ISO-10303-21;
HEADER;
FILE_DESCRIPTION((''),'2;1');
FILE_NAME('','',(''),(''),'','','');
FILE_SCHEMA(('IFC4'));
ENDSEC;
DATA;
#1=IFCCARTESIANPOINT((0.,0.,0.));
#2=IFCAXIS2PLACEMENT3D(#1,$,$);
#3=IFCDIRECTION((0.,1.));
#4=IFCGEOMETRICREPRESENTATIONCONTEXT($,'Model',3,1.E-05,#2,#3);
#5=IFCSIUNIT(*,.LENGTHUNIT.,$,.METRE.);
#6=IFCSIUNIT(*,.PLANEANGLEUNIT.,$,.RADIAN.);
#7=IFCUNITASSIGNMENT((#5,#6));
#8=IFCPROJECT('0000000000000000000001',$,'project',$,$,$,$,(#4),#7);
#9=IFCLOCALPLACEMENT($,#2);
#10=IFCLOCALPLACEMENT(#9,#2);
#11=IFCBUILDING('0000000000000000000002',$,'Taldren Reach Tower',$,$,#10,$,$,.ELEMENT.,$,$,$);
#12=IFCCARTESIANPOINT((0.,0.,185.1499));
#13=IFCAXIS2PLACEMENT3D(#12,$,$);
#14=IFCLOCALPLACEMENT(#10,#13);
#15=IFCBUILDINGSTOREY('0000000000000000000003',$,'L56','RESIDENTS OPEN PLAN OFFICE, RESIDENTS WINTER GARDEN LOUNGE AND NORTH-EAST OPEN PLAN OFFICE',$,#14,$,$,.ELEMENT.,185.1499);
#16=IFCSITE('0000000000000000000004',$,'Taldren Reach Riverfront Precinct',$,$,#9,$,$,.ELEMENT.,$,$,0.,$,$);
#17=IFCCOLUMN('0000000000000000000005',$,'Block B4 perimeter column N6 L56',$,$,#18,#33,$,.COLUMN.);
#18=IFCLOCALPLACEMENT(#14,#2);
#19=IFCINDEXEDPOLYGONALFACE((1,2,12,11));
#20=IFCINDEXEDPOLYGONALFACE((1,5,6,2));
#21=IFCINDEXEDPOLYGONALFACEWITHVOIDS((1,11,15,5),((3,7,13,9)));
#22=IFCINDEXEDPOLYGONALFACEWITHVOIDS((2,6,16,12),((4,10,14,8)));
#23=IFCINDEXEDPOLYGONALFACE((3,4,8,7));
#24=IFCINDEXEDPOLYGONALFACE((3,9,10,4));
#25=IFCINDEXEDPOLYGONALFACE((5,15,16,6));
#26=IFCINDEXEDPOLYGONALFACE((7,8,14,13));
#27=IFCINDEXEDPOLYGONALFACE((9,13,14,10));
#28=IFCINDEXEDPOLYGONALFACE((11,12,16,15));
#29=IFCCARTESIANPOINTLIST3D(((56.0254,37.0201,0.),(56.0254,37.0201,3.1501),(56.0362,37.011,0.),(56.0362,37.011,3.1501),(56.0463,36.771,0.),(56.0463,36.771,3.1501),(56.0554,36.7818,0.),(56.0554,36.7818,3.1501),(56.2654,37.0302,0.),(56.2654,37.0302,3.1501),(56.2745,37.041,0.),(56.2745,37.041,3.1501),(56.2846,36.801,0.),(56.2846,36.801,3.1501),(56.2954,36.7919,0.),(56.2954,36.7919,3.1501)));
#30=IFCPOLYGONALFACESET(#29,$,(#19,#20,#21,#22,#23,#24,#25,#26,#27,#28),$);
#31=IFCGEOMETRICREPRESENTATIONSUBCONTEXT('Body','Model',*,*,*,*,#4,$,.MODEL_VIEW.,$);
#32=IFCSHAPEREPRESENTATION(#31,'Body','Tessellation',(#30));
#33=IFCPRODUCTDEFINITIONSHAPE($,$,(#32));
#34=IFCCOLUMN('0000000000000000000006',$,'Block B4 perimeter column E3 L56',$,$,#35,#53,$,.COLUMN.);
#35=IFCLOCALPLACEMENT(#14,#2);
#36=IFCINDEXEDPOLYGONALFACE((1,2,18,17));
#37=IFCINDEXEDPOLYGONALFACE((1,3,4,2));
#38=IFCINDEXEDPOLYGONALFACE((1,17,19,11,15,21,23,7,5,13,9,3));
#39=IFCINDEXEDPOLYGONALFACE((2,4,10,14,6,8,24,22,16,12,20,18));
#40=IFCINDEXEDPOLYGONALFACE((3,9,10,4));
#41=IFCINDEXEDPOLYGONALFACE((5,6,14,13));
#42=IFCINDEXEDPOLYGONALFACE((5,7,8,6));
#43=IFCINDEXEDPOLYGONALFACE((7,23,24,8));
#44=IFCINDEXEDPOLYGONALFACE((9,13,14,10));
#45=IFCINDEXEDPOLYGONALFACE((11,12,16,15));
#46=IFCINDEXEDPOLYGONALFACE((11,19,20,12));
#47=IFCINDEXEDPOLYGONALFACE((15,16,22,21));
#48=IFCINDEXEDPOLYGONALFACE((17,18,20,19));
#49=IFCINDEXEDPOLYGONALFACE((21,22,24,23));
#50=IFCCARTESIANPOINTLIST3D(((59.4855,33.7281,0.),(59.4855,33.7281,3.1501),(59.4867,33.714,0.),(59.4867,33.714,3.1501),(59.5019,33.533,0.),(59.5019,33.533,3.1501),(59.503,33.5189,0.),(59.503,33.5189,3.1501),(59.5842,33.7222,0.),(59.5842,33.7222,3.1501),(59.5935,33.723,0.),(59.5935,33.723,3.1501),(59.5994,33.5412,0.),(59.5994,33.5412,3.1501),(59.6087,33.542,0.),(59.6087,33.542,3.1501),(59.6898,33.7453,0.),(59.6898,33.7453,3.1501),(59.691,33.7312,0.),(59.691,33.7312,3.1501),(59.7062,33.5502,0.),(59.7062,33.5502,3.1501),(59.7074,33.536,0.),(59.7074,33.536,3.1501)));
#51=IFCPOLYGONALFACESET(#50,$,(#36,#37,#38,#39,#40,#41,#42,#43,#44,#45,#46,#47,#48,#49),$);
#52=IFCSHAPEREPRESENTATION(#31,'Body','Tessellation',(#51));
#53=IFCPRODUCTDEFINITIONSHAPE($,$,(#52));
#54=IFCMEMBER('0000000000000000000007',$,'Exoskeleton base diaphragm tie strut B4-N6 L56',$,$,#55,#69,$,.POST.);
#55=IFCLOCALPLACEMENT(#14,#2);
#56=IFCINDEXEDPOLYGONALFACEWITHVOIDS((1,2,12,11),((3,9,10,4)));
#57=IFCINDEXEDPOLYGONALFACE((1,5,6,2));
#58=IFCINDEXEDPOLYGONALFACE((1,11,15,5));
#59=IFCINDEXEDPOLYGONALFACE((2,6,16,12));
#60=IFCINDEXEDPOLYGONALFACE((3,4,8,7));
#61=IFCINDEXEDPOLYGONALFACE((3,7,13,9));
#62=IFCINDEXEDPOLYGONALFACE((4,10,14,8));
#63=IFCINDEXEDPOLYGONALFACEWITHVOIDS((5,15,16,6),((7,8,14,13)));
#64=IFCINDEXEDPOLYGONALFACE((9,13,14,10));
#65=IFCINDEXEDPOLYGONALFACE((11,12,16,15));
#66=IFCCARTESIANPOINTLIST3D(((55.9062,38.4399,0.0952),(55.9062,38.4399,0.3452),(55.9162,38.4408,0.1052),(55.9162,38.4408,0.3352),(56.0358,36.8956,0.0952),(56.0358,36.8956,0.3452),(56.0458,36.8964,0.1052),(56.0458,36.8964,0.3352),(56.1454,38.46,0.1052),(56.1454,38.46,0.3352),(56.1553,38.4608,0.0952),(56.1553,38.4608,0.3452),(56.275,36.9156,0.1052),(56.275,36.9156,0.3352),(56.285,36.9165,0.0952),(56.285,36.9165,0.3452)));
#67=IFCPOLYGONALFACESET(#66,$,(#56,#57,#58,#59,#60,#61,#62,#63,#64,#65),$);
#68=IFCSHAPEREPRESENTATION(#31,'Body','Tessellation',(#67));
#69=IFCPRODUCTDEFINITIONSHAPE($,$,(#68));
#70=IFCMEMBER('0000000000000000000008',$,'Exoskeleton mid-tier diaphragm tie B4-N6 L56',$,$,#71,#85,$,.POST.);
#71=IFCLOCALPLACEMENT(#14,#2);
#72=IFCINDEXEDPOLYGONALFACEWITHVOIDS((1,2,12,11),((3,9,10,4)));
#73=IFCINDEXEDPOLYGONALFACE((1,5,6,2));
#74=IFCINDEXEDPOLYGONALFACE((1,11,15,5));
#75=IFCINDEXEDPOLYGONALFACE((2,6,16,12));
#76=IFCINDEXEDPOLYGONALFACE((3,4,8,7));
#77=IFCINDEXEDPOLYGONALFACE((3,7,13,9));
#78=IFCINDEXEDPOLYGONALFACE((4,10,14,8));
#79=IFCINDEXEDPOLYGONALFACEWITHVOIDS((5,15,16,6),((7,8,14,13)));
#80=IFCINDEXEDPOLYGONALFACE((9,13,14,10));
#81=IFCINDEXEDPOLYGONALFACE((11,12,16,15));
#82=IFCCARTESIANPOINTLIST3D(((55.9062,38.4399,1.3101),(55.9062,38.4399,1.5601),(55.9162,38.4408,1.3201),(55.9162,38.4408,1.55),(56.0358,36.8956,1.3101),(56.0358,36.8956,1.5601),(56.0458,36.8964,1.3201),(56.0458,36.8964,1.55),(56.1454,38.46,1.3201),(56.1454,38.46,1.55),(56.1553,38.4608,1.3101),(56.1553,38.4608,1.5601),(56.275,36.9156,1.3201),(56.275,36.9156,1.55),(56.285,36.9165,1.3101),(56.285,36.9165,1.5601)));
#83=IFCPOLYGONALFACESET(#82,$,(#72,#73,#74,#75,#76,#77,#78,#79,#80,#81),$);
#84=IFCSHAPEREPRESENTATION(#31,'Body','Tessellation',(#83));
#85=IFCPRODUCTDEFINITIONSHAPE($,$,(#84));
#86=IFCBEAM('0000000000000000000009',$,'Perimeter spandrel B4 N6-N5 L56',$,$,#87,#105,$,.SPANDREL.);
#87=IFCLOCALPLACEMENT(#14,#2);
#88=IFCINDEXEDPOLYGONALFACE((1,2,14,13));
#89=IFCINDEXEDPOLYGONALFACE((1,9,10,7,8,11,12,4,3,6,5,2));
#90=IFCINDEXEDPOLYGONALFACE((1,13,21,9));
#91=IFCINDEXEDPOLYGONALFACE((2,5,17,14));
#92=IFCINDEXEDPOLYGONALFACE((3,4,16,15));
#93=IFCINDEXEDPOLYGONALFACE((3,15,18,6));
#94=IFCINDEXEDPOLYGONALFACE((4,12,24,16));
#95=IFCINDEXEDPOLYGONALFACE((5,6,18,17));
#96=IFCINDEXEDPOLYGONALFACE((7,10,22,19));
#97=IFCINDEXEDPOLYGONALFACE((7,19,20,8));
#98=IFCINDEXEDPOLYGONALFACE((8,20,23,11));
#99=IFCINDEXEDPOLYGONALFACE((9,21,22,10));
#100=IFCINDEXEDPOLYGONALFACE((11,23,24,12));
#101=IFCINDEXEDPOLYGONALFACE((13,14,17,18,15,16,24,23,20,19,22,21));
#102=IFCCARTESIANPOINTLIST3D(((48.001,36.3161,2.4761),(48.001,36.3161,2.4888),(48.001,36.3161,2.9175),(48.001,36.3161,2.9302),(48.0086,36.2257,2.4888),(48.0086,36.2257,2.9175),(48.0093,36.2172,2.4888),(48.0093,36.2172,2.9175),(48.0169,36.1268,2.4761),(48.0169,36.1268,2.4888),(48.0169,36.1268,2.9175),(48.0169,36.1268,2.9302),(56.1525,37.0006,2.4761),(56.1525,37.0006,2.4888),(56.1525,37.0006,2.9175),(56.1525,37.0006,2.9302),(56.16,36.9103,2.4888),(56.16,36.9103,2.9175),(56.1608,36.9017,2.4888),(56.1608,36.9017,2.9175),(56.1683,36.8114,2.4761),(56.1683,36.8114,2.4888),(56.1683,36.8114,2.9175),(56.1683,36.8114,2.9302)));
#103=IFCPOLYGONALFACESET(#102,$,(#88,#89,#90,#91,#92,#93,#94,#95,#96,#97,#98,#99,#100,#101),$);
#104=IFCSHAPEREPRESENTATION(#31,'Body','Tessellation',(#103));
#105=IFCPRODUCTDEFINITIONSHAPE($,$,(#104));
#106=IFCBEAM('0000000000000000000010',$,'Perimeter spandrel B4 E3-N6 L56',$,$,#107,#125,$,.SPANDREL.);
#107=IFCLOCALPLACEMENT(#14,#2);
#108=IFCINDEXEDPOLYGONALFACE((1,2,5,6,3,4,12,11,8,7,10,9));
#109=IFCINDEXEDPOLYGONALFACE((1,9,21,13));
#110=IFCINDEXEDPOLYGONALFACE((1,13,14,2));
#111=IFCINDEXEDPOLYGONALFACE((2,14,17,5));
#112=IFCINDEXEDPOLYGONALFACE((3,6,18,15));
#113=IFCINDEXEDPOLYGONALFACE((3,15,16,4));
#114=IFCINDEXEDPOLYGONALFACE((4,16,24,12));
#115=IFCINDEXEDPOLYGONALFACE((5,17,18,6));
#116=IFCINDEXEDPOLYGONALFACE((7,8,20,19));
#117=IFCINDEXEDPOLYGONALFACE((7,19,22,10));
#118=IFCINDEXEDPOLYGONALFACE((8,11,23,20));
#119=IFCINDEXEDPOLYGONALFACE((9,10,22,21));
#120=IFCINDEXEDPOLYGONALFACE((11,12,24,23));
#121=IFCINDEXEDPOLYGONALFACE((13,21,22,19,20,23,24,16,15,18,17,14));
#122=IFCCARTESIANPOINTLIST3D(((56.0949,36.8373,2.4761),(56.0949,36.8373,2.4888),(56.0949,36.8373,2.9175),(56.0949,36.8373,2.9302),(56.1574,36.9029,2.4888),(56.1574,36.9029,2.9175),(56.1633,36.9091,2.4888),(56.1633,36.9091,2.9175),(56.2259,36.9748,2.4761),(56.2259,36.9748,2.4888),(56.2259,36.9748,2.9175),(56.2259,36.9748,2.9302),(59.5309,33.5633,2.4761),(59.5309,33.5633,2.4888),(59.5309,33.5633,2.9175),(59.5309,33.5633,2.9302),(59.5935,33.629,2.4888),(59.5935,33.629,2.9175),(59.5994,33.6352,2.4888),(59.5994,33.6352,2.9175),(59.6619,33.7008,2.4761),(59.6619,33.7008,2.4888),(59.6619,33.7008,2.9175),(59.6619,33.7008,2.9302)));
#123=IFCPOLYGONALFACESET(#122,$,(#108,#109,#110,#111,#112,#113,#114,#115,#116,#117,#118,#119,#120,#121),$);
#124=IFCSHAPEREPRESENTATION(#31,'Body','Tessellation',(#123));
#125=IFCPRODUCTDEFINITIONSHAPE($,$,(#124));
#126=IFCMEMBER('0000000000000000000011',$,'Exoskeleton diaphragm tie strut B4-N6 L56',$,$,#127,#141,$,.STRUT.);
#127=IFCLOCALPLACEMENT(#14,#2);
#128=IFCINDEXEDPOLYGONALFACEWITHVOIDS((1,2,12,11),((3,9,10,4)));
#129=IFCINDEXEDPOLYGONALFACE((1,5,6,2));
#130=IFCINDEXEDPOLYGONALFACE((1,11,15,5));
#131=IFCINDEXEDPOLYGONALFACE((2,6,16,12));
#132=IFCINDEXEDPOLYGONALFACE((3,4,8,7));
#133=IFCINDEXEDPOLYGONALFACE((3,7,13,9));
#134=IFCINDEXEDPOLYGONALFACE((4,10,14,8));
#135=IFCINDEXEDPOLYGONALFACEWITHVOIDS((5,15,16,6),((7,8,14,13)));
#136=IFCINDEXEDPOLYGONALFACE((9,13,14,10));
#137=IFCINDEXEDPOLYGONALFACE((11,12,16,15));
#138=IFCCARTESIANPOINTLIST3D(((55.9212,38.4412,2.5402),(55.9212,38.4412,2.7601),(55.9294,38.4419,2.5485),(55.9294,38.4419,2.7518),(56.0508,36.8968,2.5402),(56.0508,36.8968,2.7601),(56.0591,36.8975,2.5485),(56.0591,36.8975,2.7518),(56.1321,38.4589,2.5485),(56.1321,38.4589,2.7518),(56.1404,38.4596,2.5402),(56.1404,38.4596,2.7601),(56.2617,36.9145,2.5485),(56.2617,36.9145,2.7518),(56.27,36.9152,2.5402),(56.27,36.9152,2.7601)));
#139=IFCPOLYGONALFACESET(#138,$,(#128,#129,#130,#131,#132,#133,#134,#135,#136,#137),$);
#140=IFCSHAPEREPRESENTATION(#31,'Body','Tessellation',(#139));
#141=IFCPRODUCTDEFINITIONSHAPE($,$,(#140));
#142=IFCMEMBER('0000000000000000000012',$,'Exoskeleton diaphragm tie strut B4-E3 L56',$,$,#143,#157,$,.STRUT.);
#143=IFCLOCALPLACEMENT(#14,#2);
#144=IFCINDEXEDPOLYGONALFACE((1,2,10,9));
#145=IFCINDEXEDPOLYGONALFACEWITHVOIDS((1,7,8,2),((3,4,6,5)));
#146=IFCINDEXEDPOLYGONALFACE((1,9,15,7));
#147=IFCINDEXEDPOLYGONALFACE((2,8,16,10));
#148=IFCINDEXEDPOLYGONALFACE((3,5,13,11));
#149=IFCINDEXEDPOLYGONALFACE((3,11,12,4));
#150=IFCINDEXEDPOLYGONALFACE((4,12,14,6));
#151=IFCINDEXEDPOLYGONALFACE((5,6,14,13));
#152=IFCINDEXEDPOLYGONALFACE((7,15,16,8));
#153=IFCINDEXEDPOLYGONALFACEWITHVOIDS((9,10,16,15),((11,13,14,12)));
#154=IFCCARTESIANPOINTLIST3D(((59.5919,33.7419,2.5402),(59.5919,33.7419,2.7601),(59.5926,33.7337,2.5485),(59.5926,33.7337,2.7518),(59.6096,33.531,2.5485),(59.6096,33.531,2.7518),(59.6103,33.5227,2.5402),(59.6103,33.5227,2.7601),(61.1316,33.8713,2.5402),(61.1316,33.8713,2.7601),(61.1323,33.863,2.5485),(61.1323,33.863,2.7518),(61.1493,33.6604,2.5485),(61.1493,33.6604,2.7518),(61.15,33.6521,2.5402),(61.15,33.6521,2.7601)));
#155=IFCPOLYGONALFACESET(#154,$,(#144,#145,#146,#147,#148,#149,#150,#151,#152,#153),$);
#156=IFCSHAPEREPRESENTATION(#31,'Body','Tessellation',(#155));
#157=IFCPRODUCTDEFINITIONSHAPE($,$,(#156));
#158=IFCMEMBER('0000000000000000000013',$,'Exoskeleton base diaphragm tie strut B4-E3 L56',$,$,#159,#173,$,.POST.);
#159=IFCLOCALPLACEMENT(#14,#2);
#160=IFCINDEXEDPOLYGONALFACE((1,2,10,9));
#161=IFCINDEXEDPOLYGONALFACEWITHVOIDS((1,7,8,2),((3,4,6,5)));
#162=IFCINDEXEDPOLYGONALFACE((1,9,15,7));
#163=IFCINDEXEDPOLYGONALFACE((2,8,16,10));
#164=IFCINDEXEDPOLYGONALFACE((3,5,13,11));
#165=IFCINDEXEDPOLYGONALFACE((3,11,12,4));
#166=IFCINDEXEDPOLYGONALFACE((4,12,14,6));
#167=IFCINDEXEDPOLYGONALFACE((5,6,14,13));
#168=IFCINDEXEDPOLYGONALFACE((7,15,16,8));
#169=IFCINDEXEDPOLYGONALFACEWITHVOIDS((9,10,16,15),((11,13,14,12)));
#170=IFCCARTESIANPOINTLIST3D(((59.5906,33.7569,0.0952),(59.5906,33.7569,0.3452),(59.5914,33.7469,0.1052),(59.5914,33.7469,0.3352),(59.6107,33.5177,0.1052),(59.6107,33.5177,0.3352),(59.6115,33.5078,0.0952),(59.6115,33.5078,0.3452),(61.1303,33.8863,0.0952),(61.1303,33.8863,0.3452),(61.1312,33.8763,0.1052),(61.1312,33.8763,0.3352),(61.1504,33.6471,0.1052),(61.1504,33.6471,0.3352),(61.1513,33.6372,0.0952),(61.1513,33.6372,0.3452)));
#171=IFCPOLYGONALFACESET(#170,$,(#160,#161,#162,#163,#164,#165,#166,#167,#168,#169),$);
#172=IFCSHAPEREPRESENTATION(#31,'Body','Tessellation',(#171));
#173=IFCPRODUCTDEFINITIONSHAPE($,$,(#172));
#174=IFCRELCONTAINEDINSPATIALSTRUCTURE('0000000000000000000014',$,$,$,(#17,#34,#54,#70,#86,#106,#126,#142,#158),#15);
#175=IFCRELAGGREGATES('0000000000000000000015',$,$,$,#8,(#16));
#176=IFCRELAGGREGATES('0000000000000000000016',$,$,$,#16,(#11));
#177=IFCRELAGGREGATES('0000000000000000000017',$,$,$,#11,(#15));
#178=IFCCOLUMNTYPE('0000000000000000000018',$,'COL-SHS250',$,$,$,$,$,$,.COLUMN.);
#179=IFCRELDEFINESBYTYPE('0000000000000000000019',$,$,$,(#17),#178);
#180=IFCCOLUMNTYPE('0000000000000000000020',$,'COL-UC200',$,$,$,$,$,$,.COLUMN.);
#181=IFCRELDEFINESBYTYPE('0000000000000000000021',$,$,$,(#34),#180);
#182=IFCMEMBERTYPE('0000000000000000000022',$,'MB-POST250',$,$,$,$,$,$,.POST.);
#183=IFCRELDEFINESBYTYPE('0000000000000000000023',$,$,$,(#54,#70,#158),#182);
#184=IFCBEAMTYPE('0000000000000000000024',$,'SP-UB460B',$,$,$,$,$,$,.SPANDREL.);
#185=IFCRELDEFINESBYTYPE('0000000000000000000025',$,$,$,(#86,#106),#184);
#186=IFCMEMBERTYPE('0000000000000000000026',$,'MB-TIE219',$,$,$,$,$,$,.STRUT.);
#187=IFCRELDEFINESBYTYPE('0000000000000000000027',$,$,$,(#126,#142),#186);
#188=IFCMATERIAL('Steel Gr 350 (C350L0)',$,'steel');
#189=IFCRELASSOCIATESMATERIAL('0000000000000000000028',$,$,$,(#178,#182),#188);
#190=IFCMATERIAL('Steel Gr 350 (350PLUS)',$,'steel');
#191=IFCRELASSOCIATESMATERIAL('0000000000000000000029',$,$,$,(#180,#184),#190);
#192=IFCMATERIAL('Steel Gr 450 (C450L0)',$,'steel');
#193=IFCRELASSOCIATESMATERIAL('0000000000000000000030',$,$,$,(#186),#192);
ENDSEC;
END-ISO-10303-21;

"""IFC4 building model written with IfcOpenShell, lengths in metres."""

from ifc_helpers import new_model, si_unit, direction, frame, origin, origin_2d, place, context, subcontext, project, spatial, hollow_rectangle, i_section, extrude, source, transform, mapped, material, material_profile, profile_set, type_object, element, save


model = new_model("IFC4")

# Units and contexts
model_context = context("Model", 3, precision=1e-05, world=origin(), true_north=direction((0.0, 1.0)))
body_context = subcontext(model_context, "Body", "Model", "MODEL_VIEW")
ifc_project = project(units=[si_unit("LENGTHUNIT", "METRE"), si_unit("PLANEANGLEUNIT", "RADIAN")], contexts=[model_context])

# Site, building, storey
site_placement = place(None, origin())
site = spatial("IfcSite", under=ifc_project, at=site_placement, Name="Taldren Reach Riverfront Precinct", CompositionType="ELEMENT", RefElevation=0.0)
building_placement = place(site_placement, origin())
building = spatial("IfcBuilding", under=site, at=building_placement, Name="Taldren Reach Tower", CompositionType="ELEMENT")
storey_placement = place(building_placement, frame((0.0, 0.0, 185.1499)))
storey = spatial("IfcBuildingStorey", under=building, at=storey_placement, Name="L56", Description="RESIDENTS OPEN PLAN OFFICE, RESIDENTS WINTER GARDEN LOUNGE AND NORTH-EAST OPEN PLAN OFFICE", CompositionType="ELEMENT", Elevation=185.1499)

# Columns
ifc_material_1 = material(Name="Steel Gr 350 (C350L0)", Category="steel")
ifc_material_profile_1 = material_profile(ifc_material_1, hollow_rectangle(XDim=0.25, YDim=0.25, WallThickness=0.01, at=origin_2d()), Name="250x250x10.0SHS")
ifc_profile_set_1 = profile_set([ifc_material_profile_1], Name="Steel Gr 350 (C350L0)")
column_type_1 = type_object("IfcColumnType", Name="COL-SHS250", PredefinedType="COLUMN", material=ifc_profile_set_1)
shared_shape_1 = source(origin(), body_context, "Body", "SweptSolid", [
    extrude(hollow_rectangle(XDim=0.25, YDim=0.25, WallThickness=0.01, at=origin_2d()), origin(), (0.0, 0.0, 1.0), 3.1501),
])
column_1_placement = place(storey_placement, frame((56.1604, 36.906, 0.0), z_axis=(0.0, 0.0, 1.0), x_axis=(0.996493, 0.083678, 0.0)))
element("IfcColumn", 1, at=column_1_placement, inside=storey, type_object=column_type_1, Name="Block B4 perimeter column N6 L56", PredefinedType="COLUMN", context=body_context, shape_type="MappedRepresentation", body=[
    mapped(shared_shape_1, transform((0.0, 0.0, 0.0), scale=1.0)),
])
ifc_material_2 = material(Name="Steel Gr 350 (350PLUS)", Category="steel")
ifc_material_profile_2 = material_profile(ifc_material_2, i_section(OverallWidth=0.2051, OverallDepth=0.21, WebThickness=0.0093, FlangeThickness=0.0142, at=origin_2d()), Name="200UC59.5")
ifc_profile_set_2 = profile_set([ifc_material_profile_2], Name="Steel Gr 350 (350PLUS)")
column_type_2 = type_object("IfcColumnType", Name="COL-UC200", PredefinedType="COLUMN", material=ifc_profile_set_2)
shared_shape_2 = source(origin(), body_context, "Body", "SweptSolid", [
    extrude(i_section(OverallWidth=0.2051, OverallDepth=0.21, WebThickness=0.0093, FlangeThickness=0.0142, at=origin_2d()), origin(), (0.0, 0.0, 1.0), 3.1501),
])
column_2_placement = place(storey_placement, frame((59.5964, 33.6321, 0.0), z_axis=(0.0, 0.0, 1.0), x_axis=(0.996493, 0.083678, 0.0)))
element("IfcColumn", 2, at=column_2_placement, inside=storey, type_object=column_type_2, Name="Block B4 perimeter column E3 L56", PredefinedType="COLUMN", context=body_context, shape_type="MappedRepresentation", body=[
    mapped(shared_shape_2, transform((0.0, 0.0, 0.0), scale=1.0)),
])

# Members
ifc_material_profile_3 = material_profile(ifc_material_1, hollow_rectangle(XDim=0.25, YDim=0.25, WallThickness=0.01, at=origin_2d()), Name="250x250x10.0SHS")
ifc_profile_set_3 = profile_set([ifc_material_profile_3], Name="Steel Gr 350 (C350L0)")
member_type_1 = type_object("IfcMemberType", Name="MB-POST250", PredefinedType="POST", material=ifc_profile_set_3)
shared_shape_3 = source(origin(), body_context, "Body", "SweptSolid", [
    extrude(hollow_rectangle(XDim=0.25, YDim=0.25, WallThickness=0.01, at=origin_2d()), origin(), (0.0, 0.0, 1.0), 1.5498),
])
for number, where, z_axis, x_axis, name in (
    (3, (56.1604, 36.906, 0.2202), (-0.083645, 0.996496, 0.0), (-0.996496, -0.083645, 0.0), "Exoskeleton base diaphragm tie strut B4-N6 L56"),
    (4, (56.1604, 36.906, 1.4351), (-0.083645, 0.996496, 0.0), (-0.996496, -0.083645, 0.0), "Exoskeleton mid-tier diaphragm tie B4-N6 L56"),
):
    element("IfcMember", number, at=place(storey_placement, frame(where, z_axis=z_axis, x_axis=x_axis)), inside=storey, type_object=member_type_1, Name=name, PredefinedType="POST", context=body_context, shape_type="MappedRepresentation", body=[
        mapped(shared_shape_3, transform((0.0, 0.0, 0.0), scale=1.0)),
    ])

# Beams
ifc_material_profile_4 = material_profile(ifc_material_2, i_section(OverallWidth=0.1899, OverallDepth=0.4541, WebThickness=0.0085, FlangeThickness=0.0127, at=origin_2d()), Name="460UB67.1")
ifc_profile_set_4 = profile_set([ifc_material_profile_4], Name="Steel Gr 350 (350PLUS)")
beam_type = type_object("IfcBeamType", Name="SP-UB460B", PredefinedType="SPANDREL", material=ifc_profile_set_4)
shared_shape_4 = source(origin(), body_context, "Body", "SweptSolid", [
    extrude(i_section(OverallWidth=0.1899, OverallDepth=0.4541, WebThickness=0.0085, FlangeThickness=0.0127, at=origin_2d()), origin(), (0.0, 0.0, 1.0), 8.1802),
])
beam_1_placement = place(storey_placement, frame((56.1604, 36.906, 2.7031), z_axis=(-0.996492, -0.083688, 0.0), x_axis=(0.083688, -0.996492, 0.0)))
element("IfcBeam", 5, at=beam_1_placement, inside=storey, type_object=beam_type, Name="Perimeter spandrel B4 N6-N5 L56", PredefinedType="SPANDREL", context=body_context, shape_type="MappedRepresentation", body=[
    mapped(shared_shape_4, transform((0.0, 0.0, 0.0), scale=1.0)),
])
shared_shape_5 = source(origin(), body_context, "Body", "SweptSolid", [
    extrude(i_section(OverallWidth=0.1899, OverallDepth=0.4541, WebThickness=0.0085, FlangeThickness=0.0127, at=origin_2d()), origin(), (0.0, 0.0, 1.0), 4.7461),
])
beam_2_placement = place(storey_placement, frame((59.5964, 33.6321, 2.7031), z_axis=(-0.723979, 0.689822, 0.0), x_axis=(-0.689822, -0.723979, 0.0)))
element("IfcBeam", 6, at=beam_2_placement, inside=storey, type_object=beam_type, Name="Perimeter spandrel B4 E3-N6 L56", PredefinedType="SPANDREL", context=body_context, shape_type="MappedRepresentation", body=[
    mapped(shared_shape_5, transform((0.0, 0.0, 0.0), scale=1.0)),
])

# Members
ifc_material_3 = material(Name="Steel Gr 450 (C450L0)", Category="steel")
ifc_material_profile_5 = material_profile(ifc_material_3, hollow_rectangle(XDim=0.22, YDim=0.22, WallThickness=0.0083, at=origin_2d()), Name="220x220x8.2SHS")
ifc_profile_set_5 = profile_set([ifc_material_profile_5], Name="Steel Gr 450 (C450L0)")
member_type_2 = type_object("IfcMemberType", Name="MB-TIE219", PredefinedType="STRUT", material=ifc_profile_set_5)
shared_shape_6 = source(origin(), body_context, "Body", "SweptSolid", [
    extrude(hollow_rectangle(XDim=0.22, YDim=0.22, WallThickness=0.0083, at=origin_2d()), origin(), (0.0, 0.0, 1.0), 1.5498),
])
member_1_placement = place(storey_placement, frame((56.1604, 36.906, 2.6501), z_axis=(-0.083645, 0.996496, 0.0), x_axis=(-0.996496, -0.083645, 0.0)))
element("IfcMember", 7, at=member_1_placement, inside=storey, type_object=member_type_2, Name="Exoskeleton diaphragm tie strut B4-N6 L56", PredefinedType="STRUT", context=body_context, shape_type="MappedRepresentation", body=[
    mapped(shared_shape_6, transform((0.0, 0.0, 0.0), scale=1.0)),
])
shared_shape_7 = source(origin(), body_context, "Body", "SweptSolid", [
    extrude(hollow_rectangle(XDim=0.22, YDim=0.22, WallThickness=0.0083, at=origin_2d()), origin(), (0.0, 0.0, 1.0), 1.5452),
])
member_2_placement = place(storey_placement, frame((59.6011, 33.6323, 2.6501), z_axis=(0.996488, 0.083738, 0.0), x_axis=(-0.083738, 0.996488, 0.0)))
element("IfcMember", 8, at=member_2_placement, inside=storey, type_object=member_type_2, Name="Exoskeleton diaphragm tie strut B4-E3 L56", PredefinedType="STRUT", context=body_context, shape_type="MappedRepresentation", body=[
    mapped(shared_shape_7, transform((0.0, 0.0, 0.0), scale=1.0)),
])
shared_shape_8 = source(origin(), body_context, "Body", "SweptSolid", [
    extrude(hollow_rectangle(XDim=0.25, YDim=0.25, WallThickness=0.01, at=origin_2d()), origin(), (0.0, 0.0, 1.0), 1.5452),
])
for number, where, z_axis, x_axis, name in (
    (9, (59.6011, 33.6323, 0.2202), (0.996488, 0.083738, 0.0), (-0.083738, 0.996488, 0.0), "Exoskeleton base diaphragm tie strut B4-E3 L56"),
):
    element("IfcMember", number, at=place(storey_placement, frame(where, z_axis=z_axis, x_axis=x_axis)), inside=storey, type_object=member_type_1, Name=name, PredefinedType="POST", context=body_context, shape_type="MappedRepresentation", body=[
        mapped(shared_shape_8, transform((0.0, 0.0, 0.0), scale=1.0)),
    ])

save(model, "model.ifc")
